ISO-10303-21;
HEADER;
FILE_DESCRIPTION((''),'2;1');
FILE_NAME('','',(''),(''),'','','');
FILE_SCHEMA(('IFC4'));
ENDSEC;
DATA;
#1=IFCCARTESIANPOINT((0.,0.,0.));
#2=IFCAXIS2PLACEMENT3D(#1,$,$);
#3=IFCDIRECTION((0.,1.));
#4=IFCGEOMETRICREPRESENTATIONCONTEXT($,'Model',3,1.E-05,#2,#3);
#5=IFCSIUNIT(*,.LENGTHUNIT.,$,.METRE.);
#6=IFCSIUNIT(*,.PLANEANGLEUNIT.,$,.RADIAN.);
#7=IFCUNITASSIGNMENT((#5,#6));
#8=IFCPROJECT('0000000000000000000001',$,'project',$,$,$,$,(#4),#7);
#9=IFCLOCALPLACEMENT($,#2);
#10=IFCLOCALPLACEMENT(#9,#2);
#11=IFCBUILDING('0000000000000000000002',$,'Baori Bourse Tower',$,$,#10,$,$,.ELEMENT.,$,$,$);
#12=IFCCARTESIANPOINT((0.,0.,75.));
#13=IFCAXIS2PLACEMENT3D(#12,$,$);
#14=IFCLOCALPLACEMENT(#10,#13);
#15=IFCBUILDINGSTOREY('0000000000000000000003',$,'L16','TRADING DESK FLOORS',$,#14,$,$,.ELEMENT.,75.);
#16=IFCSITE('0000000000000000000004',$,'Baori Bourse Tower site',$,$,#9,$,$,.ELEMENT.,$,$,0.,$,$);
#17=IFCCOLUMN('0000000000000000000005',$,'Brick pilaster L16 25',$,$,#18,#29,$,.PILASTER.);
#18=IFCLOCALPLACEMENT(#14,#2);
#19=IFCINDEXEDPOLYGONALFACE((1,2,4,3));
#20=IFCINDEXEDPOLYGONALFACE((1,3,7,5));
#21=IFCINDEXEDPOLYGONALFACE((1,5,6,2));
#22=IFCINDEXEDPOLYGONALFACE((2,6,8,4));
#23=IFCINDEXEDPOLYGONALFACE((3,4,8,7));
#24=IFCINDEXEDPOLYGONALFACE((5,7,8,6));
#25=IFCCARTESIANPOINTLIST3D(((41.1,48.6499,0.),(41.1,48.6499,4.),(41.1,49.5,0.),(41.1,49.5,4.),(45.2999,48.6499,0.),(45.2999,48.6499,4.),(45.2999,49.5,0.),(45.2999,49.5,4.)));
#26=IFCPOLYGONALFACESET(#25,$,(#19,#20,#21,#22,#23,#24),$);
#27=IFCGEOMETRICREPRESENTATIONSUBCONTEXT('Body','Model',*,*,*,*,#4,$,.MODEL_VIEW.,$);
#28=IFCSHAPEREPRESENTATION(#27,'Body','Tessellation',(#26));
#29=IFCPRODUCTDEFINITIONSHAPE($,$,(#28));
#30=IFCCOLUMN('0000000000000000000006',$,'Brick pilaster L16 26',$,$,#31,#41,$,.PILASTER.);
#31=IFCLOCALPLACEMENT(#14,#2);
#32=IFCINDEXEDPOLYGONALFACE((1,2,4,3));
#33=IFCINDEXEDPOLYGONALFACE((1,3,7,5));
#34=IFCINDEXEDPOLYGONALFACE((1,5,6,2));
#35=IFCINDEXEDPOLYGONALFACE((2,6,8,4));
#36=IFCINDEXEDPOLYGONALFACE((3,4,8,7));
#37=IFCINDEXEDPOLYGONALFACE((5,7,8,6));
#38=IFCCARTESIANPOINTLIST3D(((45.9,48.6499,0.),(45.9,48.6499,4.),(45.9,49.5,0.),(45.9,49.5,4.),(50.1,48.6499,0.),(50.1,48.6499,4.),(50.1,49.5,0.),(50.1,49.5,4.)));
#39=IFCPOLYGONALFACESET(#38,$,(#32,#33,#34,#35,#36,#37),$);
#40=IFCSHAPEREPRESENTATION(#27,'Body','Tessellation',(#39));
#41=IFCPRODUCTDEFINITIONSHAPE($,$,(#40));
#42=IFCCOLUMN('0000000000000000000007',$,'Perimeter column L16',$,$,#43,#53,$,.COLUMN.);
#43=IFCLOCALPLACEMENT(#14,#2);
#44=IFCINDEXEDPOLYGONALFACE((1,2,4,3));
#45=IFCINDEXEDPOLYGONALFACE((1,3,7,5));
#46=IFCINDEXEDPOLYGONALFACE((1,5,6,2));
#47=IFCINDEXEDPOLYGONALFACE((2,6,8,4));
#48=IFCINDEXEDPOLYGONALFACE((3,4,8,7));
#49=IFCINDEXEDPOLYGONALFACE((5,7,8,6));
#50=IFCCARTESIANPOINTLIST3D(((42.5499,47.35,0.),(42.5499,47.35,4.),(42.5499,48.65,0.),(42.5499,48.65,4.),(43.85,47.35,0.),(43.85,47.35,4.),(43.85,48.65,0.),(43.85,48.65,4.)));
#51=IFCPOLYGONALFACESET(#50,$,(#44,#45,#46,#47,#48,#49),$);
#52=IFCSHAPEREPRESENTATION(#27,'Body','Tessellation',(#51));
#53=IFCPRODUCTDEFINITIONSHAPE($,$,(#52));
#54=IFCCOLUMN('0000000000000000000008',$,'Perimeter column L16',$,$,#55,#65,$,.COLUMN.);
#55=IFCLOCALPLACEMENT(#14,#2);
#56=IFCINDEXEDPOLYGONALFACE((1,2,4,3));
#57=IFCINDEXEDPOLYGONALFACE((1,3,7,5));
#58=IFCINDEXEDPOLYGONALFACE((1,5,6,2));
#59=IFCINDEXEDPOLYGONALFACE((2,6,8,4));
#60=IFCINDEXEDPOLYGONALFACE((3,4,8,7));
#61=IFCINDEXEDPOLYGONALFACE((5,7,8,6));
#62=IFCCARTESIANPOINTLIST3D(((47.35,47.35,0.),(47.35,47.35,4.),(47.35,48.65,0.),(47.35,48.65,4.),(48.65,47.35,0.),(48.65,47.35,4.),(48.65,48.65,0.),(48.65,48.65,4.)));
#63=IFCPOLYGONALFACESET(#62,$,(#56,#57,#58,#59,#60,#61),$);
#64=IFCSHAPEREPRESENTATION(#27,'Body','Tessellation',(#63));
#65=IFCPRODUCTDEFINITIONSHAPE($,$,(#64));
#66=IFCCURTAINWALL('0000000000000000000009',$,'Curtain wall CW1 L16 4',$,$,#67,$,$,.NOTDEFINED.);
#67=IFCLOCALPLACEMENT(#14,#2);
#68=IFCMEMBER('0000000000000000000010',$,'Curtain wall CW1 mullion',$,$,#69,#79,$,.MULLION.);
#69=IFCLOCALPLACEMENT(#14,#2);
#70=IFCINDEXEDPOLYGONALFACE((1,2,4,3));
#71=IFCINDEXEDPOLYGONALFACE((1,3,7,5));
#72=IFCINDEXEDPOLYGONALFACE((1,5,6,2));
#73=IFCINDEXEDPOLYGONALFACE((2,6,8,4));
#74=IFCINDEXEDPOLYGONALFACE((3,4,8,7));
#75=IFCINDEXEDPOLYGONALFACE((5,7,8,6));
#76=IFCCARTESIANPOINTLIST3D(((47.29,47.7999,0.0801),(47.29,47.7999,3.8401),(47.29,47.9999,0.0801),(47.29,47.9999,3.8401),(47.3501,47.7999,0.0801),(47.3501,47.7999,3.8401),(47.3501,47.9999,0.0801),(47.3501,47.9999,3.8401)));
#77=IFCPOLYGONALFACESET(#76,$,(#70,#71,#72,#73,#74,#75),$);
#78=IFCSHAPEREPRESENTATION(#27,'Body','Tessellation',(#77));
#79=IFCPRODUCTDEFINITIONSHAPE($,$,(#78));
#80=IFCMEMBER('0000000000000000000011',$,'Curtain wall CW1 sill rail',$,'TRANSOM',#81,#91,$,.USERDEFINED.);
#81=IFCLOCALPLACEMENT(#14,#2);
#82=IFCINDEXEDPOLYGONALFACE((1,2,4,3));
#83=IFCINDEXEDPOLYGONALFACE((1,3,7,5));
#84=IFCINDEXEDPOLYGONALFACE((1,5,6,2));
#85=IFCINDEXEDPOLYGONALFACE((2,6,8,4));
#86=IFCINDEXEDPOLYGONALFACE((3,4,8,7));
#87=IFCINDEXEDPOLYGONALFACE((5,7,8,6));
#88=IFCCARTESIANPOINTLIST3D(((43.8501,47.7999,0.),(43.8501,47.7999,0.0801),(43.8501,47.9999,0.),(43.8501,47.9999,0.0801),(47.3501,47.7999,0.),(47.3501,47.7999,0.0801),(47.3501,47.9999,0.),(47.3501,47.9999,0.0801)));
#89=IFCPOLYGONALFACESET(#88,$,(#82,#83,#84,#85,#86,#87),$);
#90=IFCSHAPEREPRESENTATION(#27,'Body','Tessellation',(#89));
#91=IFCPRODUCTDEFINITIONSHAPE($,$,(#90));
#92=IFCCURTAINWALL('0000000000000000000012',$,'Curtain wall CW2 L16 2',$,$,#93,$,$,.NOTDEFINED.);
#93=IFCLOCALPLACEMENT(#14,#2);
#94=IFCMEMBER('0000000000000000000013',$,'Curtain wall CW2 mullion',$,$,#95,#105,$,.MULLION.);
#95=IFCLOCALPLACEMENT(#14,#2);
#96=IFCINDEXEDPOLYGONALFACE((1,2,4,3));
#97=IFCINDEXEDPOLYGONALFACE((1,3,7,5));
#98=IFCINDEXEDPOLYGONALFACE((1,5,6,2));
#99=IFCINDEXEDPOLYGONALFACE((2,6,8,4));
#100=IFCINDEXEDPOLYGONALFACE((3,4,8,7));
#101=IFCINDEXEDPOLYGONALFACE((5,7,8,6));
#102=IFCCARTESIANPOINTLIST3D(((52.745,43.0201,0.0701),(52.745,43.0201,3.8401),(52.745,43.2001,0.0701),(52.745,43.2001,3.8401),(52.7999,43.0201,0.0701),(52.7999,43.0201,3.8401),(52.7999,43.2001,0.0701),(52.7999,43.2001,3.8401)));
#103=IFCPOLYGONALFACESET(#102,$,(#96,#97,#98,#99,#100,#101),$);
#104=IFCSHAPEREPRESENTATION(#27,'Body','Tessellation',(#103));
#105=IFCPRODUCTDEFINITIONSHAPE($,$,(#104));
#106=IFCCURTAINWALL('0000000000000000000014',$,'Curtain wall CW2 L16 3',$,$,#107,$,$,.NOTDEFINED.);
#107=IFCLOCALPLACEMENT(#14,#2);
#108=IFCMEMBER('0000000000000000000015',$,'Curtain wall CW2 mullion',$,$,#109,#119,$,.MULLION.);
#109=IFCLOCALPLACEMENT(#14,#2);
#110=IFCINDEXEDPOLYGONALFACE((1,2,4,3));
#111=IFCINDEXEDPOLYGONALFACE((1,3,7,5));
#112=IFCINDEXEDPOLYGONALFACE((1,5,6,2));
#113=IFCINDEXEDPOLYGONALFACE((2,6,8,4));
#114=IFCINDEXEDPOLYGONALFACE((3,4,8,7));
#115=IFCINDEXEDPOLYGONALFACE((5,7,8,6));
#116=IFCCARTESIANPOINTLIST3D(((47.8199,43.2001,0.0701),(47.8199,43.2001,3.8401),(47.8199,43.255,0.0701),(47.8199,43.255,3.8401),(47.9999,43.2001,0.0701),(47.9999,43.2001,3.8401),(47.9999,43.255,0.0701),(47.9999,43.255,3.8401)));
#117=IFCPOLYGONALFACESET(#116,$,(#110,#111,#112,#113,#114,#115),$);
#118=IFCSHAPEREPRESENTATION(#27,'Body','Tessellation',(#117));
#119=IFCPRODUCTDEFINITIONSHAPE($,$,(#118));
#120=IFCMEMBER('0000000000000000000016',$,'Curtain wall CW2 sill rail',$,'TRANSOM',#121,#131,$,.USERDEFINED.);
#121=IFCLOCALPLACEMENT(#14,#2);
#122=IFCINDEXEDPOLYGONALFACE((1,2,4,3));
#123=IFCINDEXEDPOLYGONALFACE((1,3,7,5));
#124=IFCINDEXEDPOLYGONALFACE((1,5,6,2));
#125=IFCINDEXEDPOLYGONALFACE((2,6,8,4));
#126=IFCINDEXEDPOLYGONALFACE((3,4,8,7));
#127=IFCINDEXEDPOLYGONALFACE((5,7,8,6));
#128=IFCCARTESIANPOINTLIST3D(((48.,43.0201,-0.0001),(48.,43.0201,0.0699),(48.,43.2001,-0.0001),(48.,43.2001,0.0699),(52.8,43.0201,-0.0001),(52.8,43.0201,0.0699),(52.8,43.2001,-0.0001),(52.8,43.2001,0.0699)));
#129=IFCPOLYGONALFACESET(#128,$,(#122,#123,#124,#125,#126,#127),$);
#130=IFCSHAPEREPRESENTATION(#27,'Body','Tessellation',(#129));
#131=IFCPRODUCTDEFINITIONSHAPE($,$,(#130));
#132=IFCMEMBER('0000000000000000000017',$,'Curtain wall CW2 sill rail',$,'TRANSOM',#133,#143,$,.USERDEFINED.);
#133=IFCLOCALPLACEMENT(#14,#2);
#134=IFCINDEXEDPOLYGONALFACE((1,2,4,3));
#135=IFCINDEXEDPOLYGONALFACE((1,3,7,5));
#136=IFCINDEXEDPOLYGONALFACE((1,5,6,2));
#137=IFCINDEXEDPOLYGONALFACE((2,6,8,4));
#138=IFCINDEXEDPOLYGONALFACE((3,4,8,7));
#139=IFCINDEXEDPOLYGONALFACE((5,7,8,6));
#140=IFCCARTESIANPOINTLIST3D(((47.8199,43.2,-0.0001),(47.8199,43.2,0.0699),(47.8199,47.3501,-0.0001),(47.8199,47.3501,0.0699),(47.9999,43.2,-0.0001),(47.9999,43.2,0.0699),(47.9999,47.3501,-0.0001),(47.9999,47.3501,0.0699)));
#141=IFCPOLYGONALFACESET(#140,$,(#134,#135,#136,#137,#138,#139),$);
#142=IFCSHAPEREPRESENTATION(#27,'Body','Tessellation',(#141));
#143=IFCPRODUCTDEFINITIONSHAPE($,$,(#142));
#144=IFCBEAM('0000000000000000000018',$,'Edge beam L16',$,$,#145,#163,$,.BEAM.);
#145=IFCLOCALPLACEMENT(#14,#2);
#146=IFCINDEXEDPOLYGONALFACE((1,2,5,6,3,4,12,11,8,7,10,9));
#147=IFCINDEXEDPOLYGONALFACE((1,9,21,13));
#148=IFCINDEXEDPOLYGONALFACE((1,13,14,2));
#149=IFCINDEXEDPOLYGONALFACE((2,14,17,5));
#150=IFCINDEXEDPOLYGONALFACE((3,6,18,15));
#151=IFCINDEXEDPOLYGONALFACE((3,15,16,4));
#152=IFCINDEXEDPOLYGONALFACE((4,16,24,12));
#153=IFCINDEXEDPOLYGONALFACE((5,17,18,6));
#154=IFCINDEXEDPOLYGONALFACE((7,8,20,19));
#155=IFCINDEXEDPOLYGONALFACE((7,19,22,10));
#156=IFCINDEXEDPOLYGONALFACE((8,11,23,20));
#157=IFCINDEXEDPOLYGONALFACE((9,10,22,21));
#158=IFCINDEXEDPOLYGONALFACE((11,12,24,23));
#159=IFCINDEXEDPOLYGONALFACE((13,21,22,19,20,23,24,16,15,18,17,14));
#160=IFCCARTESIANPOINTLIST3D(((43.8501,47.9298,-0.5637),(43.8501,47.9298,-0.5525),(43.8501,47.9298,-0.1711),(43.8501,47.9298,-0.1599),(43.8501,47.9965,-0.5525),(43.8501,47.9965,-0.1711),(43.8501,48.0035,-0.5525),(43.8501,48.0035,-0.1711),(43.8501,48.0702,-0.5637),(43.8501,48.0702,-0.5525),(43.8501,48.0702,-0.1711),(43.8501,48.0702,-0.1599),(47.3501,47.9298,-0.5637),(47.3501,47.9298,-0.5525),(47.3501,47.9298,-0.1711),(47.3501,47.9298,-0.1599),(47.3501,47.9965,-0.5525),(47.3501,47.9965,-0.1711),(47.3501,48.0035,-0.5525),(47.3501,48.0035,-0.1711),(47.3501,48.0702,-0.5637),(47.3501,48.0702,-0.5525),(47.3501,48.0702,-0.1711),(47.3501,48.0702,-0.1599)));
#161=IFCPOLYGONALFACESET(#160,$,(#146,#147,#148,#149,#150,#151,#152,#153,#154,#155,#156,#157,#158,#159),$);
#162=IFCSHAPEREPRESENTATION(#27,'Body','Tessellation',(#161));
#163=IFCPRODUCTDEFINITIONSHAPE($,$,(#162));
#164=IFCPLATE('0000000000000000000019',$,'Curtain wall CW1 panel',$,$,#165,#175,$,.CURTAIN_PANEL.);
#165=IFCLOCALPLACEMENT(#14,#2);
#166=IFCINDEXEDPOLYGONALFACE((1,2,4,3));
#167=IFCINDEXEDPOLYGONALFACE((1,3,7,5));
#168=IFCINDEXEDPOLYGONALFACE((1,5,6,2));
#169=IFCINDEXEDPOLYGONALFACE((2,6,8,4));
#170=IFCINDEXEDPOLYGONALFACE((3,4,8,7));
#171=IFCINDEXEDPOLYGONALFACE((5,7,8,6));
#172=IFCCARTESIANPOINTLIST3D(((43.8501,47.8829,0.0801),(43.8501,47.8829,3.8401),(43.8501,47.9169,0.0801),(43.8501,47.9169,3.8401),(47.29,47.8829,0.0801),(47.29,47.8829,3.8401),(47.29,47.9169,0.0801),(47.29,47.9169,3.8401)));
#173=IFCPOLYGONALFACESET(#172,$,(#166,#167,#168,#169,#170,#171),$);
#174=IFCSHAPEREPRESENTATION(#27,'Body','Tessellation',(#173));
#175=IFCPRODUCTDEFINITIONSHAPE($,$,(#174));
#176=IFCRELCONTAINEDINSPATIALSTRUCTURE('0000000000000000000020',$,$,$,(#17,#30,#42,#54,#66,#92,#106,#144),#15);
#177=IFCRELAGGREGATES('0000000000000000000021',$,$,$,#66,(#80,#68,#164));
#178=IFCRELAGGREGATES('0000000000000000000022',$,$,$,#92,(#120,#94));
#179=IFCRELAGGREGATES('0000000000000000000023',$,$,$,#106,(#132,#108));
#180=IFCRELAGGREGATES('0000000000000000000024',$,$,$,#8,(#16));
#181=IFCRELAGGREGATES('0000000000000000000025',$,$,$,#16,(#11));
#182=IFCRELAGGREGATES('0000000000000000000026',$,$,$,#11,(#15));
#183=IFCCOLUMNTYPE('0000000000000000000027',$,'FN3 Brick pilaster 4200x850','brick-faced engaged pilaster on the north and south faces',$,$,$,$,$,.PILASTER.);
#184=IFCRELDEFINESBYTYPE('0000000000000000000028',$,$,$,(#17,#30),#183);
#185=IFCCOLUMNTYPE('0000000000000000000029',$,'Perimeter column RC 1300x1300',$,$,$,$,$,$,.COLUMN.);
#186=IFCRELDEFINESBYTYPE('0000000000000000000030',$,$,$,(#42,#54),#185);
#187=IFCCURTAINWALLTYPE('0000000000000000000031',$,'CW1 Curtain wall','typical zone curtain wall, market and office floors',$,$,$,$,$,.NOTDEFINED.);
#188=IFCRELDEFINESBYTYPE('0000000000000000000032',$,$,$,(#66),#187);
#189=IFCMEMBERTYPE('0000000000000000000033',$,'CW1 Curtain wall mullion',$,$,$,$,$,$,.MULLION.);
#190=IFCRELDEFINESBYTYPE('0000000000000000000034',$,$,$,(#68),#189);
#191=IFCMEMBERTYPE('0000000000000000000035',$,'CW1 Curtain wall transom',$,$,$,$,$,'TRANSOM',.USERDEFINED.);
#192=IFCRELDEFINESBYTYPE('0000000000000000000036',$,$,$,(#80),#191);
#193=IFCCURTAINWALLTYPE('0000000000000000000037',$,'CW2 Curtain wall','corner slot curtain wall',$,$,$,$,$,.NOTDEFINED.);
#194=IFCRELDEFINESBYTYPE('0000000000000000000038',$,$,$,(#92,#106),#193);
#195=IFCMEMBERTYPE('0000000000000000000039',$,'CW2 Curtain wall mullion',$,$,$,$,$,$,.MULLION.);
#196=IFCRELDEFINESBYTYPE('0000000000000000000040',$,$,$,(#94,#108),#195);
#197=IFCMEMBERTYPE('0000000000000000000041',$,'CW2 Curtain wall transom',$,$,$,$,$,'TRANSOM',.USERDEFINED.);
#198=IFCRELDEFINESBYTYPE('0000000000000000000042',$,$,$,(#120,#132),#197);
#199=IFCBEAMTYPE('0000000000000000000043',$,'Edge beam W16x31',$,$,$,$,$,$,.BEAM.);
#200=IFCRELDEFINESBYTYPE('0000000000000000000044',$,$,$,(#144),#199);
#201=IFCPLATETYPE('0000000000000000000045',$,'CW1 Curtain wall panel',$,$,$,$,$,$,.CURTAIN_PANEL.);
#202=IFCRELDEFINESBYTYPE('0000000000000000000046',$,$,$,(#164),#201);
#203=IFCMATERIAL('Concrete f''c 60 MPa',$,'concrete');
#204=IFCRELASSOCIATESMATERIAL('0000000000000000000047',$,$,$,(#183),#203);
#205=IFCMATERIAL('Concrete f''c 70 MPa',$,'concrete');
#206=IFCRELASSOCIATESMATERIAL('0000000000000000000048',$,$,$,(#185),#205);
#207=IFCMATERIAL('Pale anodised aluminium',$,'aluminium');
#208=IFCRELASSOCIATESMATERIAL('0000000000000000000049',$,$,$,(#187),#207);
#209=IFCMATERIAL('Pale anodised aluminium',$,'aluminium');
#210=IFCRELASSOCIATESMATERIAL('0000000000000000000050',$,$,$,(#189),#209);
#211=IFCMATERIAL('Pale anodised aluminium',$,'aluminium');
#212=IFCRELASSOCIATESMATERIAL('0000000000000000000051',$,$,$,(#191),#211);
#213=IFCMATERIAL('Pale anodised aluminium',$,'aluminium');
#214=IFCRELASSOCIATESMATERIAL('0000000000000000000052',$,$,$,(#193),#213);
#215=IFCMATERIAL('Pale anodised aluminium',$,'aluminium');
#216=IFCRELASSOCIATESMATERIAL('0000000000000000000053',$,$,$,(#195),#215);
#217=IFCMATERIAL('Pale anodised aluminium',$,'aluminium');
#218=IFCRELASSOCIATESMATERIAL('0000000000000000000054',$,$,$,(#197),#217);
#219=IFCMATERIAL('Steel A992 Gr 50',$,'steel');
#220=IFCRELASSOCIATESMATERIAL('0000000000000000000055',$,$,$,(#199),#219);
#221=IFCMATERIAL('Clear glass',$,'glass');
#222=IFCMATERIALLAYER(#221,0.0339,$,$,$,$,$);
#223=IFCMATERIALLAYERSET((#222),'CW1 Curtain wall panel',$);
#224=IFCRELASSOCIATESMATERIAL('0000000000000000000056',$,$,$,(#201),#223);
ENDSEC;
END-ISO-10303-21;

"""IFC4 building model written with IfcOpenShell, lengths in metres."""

from ifc_helpers import new_model, si_unit, direction, frame, origin, origin_2d, place, context, subcontext, project, spatial, rectangle, i_section, extrude, material, layer, layer_set, material_profile, profile_set, type_object, element, aggregate, save


model = new_model("IFC4")

# Units and contexts
model_context = context("Model", 3, precision=1e-05, world=origin(), true_north=direction((0.0, 1.0)))
body_context = subcontext(model_context, "Body", "Model", "MODEL_VIEW")
ifc_project = project(units=[si_unit("LENGTHUNIT", "METRE"), si_unit("PLANEANGLEUNIT", "RADIAN")], contexts=[model_context])

# Site, building, storey
site_placement = place(None, origin())
site = spatial("IfcSite", under=ifc_project, at=site_placement, Name="Baori Bourse Tower site", CompositionType="ELEMENT", RefElevation=0.0)
building_placement = place(site_placement, origin())
building = spatial("IfcBuilding", under=site, at=building_placement, Name="Baori Bourse Tower", CompositionType="ELEMENT")
storey_placement = place(building_placement, frame((0.0, 0.0, 75.0)))
storey = spatial("IfcBuildingStorey", under=building, at=storey_placement, Name="L16", Description="TRADING DESK FLOORS", CompositionType="ELEMENT", Elevation=75.0)

# Columns
ifc_material_1 = material(Name="Concrete f'c 60 MPa", Category="concrete")
ifc_material_profile_1 = material_profile(ifc_material_1, rectangle(XDim=4.2, YDim=0.8501, at=origin_2d()), Name="RC 4200x850")
ifc_profile_set_1 = profile_set([ifc_material_profile_1], Name="Concrete f'c 60 MPa")
column_type_1 = type_object("IfcColumnType", Name="FN3 Brick pilaster 4200x850", Description="brick-faced engaged pilaster on the north and south faces", PredefinedType="PILASTER", material=ifc_profile_set_1)
for number, where, z_axis, x_axis, name in (
    (1, (43.2, 49.075, 0.0), (0.0, 0.0, 1.0), (1.0, 0.0, 0.0), "Brick pilaster L16 25"),
    (2, (48.0, 49.075, 0.0), (0.0, 0.0, 1.0), (1.0, 0.0, 0.0), "Brick pilaster L16 26"),
):
    element("IfcColumn", number, at=place(storey_placement, frame(where, z_axis=z_axis, x_axis=x_axis)), inside=storey, type_object=column_type_1, Name=name, PredefinedType="PILASTER", context=body_context, shape_type="SweptSolid", body=[
        extrude(rectangle(XDim=4.2, YDim=0.8501, at=origin_2d()), origin(), (0.0, 0.0, 1.0), 4.0),
    ])
ifc_material_2 = material(Name="Concrete f'c 70 MPa", Category="concrete")
ifc_material_profile_2 = material_profile(ifc_material_2, rectangle(XDim=1.3, YDim=1.3, at=origin_2d()), Name="RC 1300x1300")
ifc_profile_set_2 = profile_set([ifc_material_profile_2], Name="Concrete f'c 70 MPa")
column_type_2 = type_object("IfcColumnType", Name="Perimeter column RC 1300x1300", PredefinedType="COLUMN", material=ifc_profile_set_2)
for number, where, z_axis, x_axis, name in (
    (3, (43.2, 48.0, 0.0), (0.0, 0.0, 1.0), (1.0, 0.0, 0.0), "Perimeter column L16"),
    (4, (48.0, 48.0, 0.0), (0.0, 0.0, 1.0), (1.0, 0.0, 0.0), "Perimeter column L16"),
):
    element("IfcColumn", number, at=place(storey_placement, frame(where, z_axis=z_axis, x_axis=x_axis)), inside=storey, type_object=column_type_2, Name=name, PredefinedType="COLUMN", context=body_context, shape_type="SweptSolid", body=[
        extrude(rectangle(XDim=1.3, YDim=1.3, at=origin_2d()), origin(), (0.0, 0.0, 1.0), 4.0),
    ])

# Curtain wall, members
ifc_material_3 = material(Name="Pale anodised aluminium", Category="aluminium")
curtain_wall_type_1 = type_object("IfcCurtainWallType", Name="CW1 Curtain wall", Description="typical zone curtain wall, market and office floors", PredefinedType="NOTDEFINED", material=ifc_material_3)
curtain_wall_1_placement = place(storey_placement, origin())
curtain_wall_1 = element("IfcCurtainWall", 5, at=curtain_wall_1_placement, inside=storey, type_object=curtain_wall_type_1, Name="Curtain wall CW1 L16 4", PredefinedType="NOTDEFINED")
ifc_material_4 = material(Name="Pale anodised aluminium", Category="aluminium")
ifc_material_profile_3 = material_profile(ifc_material_4, rectangle(XDim=0.2, YDim=0.0601, at=origin_2d()), Name="Mullion 60x200")
ifc_profile_set_3 = profile_set([ifc_material_profile_3], Name="Pale anodised aluminium")
member_type_1 = type_object("IfcMemberType", Name="CW1 Curtain wall mullion", PredefinedType="MULLION", material=ifc_profile_set_3)
member_1_placement = place(storey_placement, frame((47.3201, 47.8999, 0.0801), z_axis=(0.0, 0.0, 1.0), x_axis=(0.0, -1.0, 0.0)))
member_1 = element("IfcMember", 6, at=member_1_placement, type_object=member_type_1, Name="Curtain wall CW1 mullion", PredefinedType="MULLION", context=body_context, shape_type="SweptSolid", body=[
    extrude(rectangle(XDim=0.2, YDim=0.0601, at=origin_2d()), origin(), (0.0, 0.0, 1.0), 3.76),
])
ifc_material_5 = material(Name="Pale anodised aluminium", Category="aluminium")
ifc_material_profile_4 = material_profile(ifc_material_5, rectangle(XDim=0.2, YDim=0.0801, at=origin_2d()), Name="Transom 80x200")
ifc_profile_set_4 = profile_set([ifc_material_profile_4], Name="Pale anodised aluminium")
member_type_2 = type_object("IfcMemberType", Name="CW1 Curtain wall transom", ElementType="TRANSOM", PredefinedType="USERDEFINED", material=ifc_profile_set_4)
member_2_placement = place(storey_placement, frame((47.3501, 47.8999, 0.04), z_axis=(-1.0, 0.0, 0.0), x_axis=(0.0, -1.0, 0.0)))
member_2 = element("IfcMember", 7, at=member_2_placement, type_object=member_type_2, Name="Curtain wall CW1 sill rail", ObjectType="TRANSOM", PredefinedType="USERDEFINED", context=body_context, shape_type="SweptSolid", body=[
    extrude(rectangle(XDim=0.2, YDim=0.0801, at=origin_2d()), origin(), (0.0, 0.0, 1.0), 3.5),
])

# Curtain walls, members
ifc_material_6 = material(Name="Pale anodised aluminium", Category="aluminium")
curtain_wall_type_2 = type_object("IfcCurtainWallType", Name="CW2 Curtain wall", Description="corner slot curtain wall", PredefinedType="NOTDEFINED", material=ifc_material_6)
curtain_wall_2_placement = place(storey_placement, origin())
curtain_wall_2 = element("IfcCurtainWall", 8, at=curtain_wall_2_placement, inside=storey, type_object=curtain_wall_type_2, Name="Curtain wall CW2 L16 2", PredefinedType="NOTDEFINED")
ifc_material_7 = material(Name="Pale anodised aluminium", Category="aluminium")
ifc_material_profile_5 = material_profile(ifc_material_7, rectangle(XDim=0.1799, YDim=0.0549, at=origin_2d()), Name="Mullion 55x180")
ifc_profile_set_5 = profile_set([ifc_material_profile_5], Name="Pale anodised aluminium")
member_type_3 = type_object("IfcMemberType", Name="CW2 Curtain wall mullion", PredefinedType="MULLION", material=ifc_profile_set_5)
member_3_placement = place(storey_placement, frame((52.7725, 43.1101, 0.0701), z_axis=(0.0, 0.0, 1.0), x_axis=(0.0, -1.0, 0.0)))
member_3 = element("IfcMember", 9, at=member_3_placement, type_object=member_type_3, Name="Curtain wall CW2 mullion", PredefinedType="MULLION", context=body_context, shape_type="SweptSolid", body=[
    extrude(rectangle(XDim=0.1799, YDim=0.0549, at=origin_2d()), origin(), (0.0, 0.0, 1.0), 3.77),
])
curtain_wall_3_placement = place(storey_placement, origin())
curtain_wall_3 = element("IfcCurtainWall", 10, at=curtain_wall_3_placement, inside=storey, type_object=curtain_wall_type_2, Name="Curtain wall CW2 L16 3", PredefinedType="NOTDEFINED")
member_4_placement = place(storey_placement, frame((47.9099, 43.2275, 0.0701), z_axis=(0.0, 0.0, 1.0), x_axis=(-1.0, 0.0, 0.0)))
member_4 = element("IfcMember", 11, at=member_4_placement, type_object=member_type_3, Name="Curtain wall CW2 mullion", PredefinedType="MULLION", context=body_context, shape_type="SweptSolid", body=[
    extrude(rectangle(XDim=0.1799, YDim=0.0549, at=origin_2d()), origin(), (0.0, 0.0, 1.0), 3.77),
])

# Members
ifc_material_8 = material(Name="Pale anodised aluminium", Category="aluminium")
ifc_material_profile_6 = material_profile(ifc_material_8, rectangle(XDim=0.1799, YDim=0.0701, at=origin_2d()), Name="Transom 70x180")
ifc_profile_set_6 = profile_set([ifc_material_profile_6], Name="Pale anodised aluminium")
member_type_4 = type_object("IfcMemberType", Name="CW2 Curtain wall transom", ElementType="TRANSOM", PredefinedType="USERDEFINED", material=ifc_profile_set_6)
member_5_placement = place(storey_placement, frame((52.8, 43.1101, 0.0349), z_axis=(-1.0, 0.0, 0.0), x_axis=(0.0, -1.0, 0.0)))
member_5 = element("IfcMember", 12, at=member_5_placement, type_object=member_type_4, Name="Curtain wall CW2 sill rail", ObjectType="TRANSOM", PredefinedType="USERDEFINED", context=body_context, shape_type="SweptSolid", body=[
    extrude(rectangle(XDim=0.1799, YDim=0.0701, at=origin_2d()), origin(), (0.0, 0.0, 1.0), 4.8),
])
member_6_placement = place(storey_placement, frame((47.9099, 43.2, 0.0349), z_axis=(0.0, 1.0, 0.0), x_axis=(-1.0, 0.0, 0.0)))
member_6 = element("IfcMember", 13, at=member_6_placement, type_object=member_type_4, Name="Curtain wall CW2 sill rail", ObjectType="TRANSOM", PredefinedType="USERDEFINED", context=body_context, shape_type="SweptSolid", body=[
    extrude(rectangle(XDim=0.1799, YDim=0.0701, at=origin_2d()), origin(), (0.0, 0.0, 1.0), 4.1501),
])

# Beam
ifc_material_9 = material(Name="Steel A992 Gr 50", Category="steel")
ifc_material_profile_7 = material_profile(ifc_material_9, i_section(OverallWidth=0.1404, OverallDepth=0.4038, WebThickness=0.0071, FlangeThickness=0.0112, at=origin_2d()), Name="W16x31")
ifc_profile_set_7 = profile_set([ifc_material_profile_7], Name="Steel A992 Gr 50")
beam_type = type_object("IfcBeamType", Name="Edge beam W16x31", PredefinedType="BEAM", material=ifc_profile_set_7)
beam_placement = place(storey_placement, frame((43.8501, 48.0, -0.3618), z_axis=(1.0, 0.0, 0.0), x_axis=(0.0, 1.0, 0.0)))
element("IfcBeam", 14, at=beam_placement, inside=storey, type_object=beam_type, Name="Edge beam L16", PredefinedType="BEAM", context=body_context, shape_type="SweptSolid", body=[
    extrude(i_section(OverallWidth=0.1404, OverallDepth=0.4038, WebThickness=0.0071, FlangeThickness=0.0112, at=origin_2d()), origin(), (0.0, 0.0, 1.0), 3.5),
])

# Plate
ifc_material_10 = material(Name="Clear glass", Category="glass")
ifc_layer_1 = layer(ifc_material_10, 0.0339)
ifc_layer_set_1 = layer_set([ifc_layer_1], Name="CW1 Curtain wall panel")
plate_type_1 = type_object("IfcPlateType", Name="CW1 Curtain wall panel", PredefinedType="CURTAIN_PANEL", material=ifc_layer_set_1)
plate_1_placement = place(storey_placement, frame((45.5701, 47.8999, 0.0801), z_axis=(0.0, 0.0, 1.0), x_axis=(-1.0, 0.0, 0.0)))
plate_1 = element("IfcPlate", 15, at=plate_1_placement, type_object=plate_type_1, Name="Curtain wall CW1 panel", PredefinedType="CURTAIN_PANEL", context=body_context, shape_type="SweptSolid", body=[
    extrude(rectangle(XDim=3.4399, YDim=0.0339, at=origin_2d()), origin(), (0.0, 0.0, 1.0), 3.76),
])
aggregate(curtain_wall_1, [member_2, member_1, plate_1])
aggregate(curtain_wall_2, [member_5, member_3])
aggregate(curtain_wall_3, [member_6, member_4])

save(model, "model.ifc")
